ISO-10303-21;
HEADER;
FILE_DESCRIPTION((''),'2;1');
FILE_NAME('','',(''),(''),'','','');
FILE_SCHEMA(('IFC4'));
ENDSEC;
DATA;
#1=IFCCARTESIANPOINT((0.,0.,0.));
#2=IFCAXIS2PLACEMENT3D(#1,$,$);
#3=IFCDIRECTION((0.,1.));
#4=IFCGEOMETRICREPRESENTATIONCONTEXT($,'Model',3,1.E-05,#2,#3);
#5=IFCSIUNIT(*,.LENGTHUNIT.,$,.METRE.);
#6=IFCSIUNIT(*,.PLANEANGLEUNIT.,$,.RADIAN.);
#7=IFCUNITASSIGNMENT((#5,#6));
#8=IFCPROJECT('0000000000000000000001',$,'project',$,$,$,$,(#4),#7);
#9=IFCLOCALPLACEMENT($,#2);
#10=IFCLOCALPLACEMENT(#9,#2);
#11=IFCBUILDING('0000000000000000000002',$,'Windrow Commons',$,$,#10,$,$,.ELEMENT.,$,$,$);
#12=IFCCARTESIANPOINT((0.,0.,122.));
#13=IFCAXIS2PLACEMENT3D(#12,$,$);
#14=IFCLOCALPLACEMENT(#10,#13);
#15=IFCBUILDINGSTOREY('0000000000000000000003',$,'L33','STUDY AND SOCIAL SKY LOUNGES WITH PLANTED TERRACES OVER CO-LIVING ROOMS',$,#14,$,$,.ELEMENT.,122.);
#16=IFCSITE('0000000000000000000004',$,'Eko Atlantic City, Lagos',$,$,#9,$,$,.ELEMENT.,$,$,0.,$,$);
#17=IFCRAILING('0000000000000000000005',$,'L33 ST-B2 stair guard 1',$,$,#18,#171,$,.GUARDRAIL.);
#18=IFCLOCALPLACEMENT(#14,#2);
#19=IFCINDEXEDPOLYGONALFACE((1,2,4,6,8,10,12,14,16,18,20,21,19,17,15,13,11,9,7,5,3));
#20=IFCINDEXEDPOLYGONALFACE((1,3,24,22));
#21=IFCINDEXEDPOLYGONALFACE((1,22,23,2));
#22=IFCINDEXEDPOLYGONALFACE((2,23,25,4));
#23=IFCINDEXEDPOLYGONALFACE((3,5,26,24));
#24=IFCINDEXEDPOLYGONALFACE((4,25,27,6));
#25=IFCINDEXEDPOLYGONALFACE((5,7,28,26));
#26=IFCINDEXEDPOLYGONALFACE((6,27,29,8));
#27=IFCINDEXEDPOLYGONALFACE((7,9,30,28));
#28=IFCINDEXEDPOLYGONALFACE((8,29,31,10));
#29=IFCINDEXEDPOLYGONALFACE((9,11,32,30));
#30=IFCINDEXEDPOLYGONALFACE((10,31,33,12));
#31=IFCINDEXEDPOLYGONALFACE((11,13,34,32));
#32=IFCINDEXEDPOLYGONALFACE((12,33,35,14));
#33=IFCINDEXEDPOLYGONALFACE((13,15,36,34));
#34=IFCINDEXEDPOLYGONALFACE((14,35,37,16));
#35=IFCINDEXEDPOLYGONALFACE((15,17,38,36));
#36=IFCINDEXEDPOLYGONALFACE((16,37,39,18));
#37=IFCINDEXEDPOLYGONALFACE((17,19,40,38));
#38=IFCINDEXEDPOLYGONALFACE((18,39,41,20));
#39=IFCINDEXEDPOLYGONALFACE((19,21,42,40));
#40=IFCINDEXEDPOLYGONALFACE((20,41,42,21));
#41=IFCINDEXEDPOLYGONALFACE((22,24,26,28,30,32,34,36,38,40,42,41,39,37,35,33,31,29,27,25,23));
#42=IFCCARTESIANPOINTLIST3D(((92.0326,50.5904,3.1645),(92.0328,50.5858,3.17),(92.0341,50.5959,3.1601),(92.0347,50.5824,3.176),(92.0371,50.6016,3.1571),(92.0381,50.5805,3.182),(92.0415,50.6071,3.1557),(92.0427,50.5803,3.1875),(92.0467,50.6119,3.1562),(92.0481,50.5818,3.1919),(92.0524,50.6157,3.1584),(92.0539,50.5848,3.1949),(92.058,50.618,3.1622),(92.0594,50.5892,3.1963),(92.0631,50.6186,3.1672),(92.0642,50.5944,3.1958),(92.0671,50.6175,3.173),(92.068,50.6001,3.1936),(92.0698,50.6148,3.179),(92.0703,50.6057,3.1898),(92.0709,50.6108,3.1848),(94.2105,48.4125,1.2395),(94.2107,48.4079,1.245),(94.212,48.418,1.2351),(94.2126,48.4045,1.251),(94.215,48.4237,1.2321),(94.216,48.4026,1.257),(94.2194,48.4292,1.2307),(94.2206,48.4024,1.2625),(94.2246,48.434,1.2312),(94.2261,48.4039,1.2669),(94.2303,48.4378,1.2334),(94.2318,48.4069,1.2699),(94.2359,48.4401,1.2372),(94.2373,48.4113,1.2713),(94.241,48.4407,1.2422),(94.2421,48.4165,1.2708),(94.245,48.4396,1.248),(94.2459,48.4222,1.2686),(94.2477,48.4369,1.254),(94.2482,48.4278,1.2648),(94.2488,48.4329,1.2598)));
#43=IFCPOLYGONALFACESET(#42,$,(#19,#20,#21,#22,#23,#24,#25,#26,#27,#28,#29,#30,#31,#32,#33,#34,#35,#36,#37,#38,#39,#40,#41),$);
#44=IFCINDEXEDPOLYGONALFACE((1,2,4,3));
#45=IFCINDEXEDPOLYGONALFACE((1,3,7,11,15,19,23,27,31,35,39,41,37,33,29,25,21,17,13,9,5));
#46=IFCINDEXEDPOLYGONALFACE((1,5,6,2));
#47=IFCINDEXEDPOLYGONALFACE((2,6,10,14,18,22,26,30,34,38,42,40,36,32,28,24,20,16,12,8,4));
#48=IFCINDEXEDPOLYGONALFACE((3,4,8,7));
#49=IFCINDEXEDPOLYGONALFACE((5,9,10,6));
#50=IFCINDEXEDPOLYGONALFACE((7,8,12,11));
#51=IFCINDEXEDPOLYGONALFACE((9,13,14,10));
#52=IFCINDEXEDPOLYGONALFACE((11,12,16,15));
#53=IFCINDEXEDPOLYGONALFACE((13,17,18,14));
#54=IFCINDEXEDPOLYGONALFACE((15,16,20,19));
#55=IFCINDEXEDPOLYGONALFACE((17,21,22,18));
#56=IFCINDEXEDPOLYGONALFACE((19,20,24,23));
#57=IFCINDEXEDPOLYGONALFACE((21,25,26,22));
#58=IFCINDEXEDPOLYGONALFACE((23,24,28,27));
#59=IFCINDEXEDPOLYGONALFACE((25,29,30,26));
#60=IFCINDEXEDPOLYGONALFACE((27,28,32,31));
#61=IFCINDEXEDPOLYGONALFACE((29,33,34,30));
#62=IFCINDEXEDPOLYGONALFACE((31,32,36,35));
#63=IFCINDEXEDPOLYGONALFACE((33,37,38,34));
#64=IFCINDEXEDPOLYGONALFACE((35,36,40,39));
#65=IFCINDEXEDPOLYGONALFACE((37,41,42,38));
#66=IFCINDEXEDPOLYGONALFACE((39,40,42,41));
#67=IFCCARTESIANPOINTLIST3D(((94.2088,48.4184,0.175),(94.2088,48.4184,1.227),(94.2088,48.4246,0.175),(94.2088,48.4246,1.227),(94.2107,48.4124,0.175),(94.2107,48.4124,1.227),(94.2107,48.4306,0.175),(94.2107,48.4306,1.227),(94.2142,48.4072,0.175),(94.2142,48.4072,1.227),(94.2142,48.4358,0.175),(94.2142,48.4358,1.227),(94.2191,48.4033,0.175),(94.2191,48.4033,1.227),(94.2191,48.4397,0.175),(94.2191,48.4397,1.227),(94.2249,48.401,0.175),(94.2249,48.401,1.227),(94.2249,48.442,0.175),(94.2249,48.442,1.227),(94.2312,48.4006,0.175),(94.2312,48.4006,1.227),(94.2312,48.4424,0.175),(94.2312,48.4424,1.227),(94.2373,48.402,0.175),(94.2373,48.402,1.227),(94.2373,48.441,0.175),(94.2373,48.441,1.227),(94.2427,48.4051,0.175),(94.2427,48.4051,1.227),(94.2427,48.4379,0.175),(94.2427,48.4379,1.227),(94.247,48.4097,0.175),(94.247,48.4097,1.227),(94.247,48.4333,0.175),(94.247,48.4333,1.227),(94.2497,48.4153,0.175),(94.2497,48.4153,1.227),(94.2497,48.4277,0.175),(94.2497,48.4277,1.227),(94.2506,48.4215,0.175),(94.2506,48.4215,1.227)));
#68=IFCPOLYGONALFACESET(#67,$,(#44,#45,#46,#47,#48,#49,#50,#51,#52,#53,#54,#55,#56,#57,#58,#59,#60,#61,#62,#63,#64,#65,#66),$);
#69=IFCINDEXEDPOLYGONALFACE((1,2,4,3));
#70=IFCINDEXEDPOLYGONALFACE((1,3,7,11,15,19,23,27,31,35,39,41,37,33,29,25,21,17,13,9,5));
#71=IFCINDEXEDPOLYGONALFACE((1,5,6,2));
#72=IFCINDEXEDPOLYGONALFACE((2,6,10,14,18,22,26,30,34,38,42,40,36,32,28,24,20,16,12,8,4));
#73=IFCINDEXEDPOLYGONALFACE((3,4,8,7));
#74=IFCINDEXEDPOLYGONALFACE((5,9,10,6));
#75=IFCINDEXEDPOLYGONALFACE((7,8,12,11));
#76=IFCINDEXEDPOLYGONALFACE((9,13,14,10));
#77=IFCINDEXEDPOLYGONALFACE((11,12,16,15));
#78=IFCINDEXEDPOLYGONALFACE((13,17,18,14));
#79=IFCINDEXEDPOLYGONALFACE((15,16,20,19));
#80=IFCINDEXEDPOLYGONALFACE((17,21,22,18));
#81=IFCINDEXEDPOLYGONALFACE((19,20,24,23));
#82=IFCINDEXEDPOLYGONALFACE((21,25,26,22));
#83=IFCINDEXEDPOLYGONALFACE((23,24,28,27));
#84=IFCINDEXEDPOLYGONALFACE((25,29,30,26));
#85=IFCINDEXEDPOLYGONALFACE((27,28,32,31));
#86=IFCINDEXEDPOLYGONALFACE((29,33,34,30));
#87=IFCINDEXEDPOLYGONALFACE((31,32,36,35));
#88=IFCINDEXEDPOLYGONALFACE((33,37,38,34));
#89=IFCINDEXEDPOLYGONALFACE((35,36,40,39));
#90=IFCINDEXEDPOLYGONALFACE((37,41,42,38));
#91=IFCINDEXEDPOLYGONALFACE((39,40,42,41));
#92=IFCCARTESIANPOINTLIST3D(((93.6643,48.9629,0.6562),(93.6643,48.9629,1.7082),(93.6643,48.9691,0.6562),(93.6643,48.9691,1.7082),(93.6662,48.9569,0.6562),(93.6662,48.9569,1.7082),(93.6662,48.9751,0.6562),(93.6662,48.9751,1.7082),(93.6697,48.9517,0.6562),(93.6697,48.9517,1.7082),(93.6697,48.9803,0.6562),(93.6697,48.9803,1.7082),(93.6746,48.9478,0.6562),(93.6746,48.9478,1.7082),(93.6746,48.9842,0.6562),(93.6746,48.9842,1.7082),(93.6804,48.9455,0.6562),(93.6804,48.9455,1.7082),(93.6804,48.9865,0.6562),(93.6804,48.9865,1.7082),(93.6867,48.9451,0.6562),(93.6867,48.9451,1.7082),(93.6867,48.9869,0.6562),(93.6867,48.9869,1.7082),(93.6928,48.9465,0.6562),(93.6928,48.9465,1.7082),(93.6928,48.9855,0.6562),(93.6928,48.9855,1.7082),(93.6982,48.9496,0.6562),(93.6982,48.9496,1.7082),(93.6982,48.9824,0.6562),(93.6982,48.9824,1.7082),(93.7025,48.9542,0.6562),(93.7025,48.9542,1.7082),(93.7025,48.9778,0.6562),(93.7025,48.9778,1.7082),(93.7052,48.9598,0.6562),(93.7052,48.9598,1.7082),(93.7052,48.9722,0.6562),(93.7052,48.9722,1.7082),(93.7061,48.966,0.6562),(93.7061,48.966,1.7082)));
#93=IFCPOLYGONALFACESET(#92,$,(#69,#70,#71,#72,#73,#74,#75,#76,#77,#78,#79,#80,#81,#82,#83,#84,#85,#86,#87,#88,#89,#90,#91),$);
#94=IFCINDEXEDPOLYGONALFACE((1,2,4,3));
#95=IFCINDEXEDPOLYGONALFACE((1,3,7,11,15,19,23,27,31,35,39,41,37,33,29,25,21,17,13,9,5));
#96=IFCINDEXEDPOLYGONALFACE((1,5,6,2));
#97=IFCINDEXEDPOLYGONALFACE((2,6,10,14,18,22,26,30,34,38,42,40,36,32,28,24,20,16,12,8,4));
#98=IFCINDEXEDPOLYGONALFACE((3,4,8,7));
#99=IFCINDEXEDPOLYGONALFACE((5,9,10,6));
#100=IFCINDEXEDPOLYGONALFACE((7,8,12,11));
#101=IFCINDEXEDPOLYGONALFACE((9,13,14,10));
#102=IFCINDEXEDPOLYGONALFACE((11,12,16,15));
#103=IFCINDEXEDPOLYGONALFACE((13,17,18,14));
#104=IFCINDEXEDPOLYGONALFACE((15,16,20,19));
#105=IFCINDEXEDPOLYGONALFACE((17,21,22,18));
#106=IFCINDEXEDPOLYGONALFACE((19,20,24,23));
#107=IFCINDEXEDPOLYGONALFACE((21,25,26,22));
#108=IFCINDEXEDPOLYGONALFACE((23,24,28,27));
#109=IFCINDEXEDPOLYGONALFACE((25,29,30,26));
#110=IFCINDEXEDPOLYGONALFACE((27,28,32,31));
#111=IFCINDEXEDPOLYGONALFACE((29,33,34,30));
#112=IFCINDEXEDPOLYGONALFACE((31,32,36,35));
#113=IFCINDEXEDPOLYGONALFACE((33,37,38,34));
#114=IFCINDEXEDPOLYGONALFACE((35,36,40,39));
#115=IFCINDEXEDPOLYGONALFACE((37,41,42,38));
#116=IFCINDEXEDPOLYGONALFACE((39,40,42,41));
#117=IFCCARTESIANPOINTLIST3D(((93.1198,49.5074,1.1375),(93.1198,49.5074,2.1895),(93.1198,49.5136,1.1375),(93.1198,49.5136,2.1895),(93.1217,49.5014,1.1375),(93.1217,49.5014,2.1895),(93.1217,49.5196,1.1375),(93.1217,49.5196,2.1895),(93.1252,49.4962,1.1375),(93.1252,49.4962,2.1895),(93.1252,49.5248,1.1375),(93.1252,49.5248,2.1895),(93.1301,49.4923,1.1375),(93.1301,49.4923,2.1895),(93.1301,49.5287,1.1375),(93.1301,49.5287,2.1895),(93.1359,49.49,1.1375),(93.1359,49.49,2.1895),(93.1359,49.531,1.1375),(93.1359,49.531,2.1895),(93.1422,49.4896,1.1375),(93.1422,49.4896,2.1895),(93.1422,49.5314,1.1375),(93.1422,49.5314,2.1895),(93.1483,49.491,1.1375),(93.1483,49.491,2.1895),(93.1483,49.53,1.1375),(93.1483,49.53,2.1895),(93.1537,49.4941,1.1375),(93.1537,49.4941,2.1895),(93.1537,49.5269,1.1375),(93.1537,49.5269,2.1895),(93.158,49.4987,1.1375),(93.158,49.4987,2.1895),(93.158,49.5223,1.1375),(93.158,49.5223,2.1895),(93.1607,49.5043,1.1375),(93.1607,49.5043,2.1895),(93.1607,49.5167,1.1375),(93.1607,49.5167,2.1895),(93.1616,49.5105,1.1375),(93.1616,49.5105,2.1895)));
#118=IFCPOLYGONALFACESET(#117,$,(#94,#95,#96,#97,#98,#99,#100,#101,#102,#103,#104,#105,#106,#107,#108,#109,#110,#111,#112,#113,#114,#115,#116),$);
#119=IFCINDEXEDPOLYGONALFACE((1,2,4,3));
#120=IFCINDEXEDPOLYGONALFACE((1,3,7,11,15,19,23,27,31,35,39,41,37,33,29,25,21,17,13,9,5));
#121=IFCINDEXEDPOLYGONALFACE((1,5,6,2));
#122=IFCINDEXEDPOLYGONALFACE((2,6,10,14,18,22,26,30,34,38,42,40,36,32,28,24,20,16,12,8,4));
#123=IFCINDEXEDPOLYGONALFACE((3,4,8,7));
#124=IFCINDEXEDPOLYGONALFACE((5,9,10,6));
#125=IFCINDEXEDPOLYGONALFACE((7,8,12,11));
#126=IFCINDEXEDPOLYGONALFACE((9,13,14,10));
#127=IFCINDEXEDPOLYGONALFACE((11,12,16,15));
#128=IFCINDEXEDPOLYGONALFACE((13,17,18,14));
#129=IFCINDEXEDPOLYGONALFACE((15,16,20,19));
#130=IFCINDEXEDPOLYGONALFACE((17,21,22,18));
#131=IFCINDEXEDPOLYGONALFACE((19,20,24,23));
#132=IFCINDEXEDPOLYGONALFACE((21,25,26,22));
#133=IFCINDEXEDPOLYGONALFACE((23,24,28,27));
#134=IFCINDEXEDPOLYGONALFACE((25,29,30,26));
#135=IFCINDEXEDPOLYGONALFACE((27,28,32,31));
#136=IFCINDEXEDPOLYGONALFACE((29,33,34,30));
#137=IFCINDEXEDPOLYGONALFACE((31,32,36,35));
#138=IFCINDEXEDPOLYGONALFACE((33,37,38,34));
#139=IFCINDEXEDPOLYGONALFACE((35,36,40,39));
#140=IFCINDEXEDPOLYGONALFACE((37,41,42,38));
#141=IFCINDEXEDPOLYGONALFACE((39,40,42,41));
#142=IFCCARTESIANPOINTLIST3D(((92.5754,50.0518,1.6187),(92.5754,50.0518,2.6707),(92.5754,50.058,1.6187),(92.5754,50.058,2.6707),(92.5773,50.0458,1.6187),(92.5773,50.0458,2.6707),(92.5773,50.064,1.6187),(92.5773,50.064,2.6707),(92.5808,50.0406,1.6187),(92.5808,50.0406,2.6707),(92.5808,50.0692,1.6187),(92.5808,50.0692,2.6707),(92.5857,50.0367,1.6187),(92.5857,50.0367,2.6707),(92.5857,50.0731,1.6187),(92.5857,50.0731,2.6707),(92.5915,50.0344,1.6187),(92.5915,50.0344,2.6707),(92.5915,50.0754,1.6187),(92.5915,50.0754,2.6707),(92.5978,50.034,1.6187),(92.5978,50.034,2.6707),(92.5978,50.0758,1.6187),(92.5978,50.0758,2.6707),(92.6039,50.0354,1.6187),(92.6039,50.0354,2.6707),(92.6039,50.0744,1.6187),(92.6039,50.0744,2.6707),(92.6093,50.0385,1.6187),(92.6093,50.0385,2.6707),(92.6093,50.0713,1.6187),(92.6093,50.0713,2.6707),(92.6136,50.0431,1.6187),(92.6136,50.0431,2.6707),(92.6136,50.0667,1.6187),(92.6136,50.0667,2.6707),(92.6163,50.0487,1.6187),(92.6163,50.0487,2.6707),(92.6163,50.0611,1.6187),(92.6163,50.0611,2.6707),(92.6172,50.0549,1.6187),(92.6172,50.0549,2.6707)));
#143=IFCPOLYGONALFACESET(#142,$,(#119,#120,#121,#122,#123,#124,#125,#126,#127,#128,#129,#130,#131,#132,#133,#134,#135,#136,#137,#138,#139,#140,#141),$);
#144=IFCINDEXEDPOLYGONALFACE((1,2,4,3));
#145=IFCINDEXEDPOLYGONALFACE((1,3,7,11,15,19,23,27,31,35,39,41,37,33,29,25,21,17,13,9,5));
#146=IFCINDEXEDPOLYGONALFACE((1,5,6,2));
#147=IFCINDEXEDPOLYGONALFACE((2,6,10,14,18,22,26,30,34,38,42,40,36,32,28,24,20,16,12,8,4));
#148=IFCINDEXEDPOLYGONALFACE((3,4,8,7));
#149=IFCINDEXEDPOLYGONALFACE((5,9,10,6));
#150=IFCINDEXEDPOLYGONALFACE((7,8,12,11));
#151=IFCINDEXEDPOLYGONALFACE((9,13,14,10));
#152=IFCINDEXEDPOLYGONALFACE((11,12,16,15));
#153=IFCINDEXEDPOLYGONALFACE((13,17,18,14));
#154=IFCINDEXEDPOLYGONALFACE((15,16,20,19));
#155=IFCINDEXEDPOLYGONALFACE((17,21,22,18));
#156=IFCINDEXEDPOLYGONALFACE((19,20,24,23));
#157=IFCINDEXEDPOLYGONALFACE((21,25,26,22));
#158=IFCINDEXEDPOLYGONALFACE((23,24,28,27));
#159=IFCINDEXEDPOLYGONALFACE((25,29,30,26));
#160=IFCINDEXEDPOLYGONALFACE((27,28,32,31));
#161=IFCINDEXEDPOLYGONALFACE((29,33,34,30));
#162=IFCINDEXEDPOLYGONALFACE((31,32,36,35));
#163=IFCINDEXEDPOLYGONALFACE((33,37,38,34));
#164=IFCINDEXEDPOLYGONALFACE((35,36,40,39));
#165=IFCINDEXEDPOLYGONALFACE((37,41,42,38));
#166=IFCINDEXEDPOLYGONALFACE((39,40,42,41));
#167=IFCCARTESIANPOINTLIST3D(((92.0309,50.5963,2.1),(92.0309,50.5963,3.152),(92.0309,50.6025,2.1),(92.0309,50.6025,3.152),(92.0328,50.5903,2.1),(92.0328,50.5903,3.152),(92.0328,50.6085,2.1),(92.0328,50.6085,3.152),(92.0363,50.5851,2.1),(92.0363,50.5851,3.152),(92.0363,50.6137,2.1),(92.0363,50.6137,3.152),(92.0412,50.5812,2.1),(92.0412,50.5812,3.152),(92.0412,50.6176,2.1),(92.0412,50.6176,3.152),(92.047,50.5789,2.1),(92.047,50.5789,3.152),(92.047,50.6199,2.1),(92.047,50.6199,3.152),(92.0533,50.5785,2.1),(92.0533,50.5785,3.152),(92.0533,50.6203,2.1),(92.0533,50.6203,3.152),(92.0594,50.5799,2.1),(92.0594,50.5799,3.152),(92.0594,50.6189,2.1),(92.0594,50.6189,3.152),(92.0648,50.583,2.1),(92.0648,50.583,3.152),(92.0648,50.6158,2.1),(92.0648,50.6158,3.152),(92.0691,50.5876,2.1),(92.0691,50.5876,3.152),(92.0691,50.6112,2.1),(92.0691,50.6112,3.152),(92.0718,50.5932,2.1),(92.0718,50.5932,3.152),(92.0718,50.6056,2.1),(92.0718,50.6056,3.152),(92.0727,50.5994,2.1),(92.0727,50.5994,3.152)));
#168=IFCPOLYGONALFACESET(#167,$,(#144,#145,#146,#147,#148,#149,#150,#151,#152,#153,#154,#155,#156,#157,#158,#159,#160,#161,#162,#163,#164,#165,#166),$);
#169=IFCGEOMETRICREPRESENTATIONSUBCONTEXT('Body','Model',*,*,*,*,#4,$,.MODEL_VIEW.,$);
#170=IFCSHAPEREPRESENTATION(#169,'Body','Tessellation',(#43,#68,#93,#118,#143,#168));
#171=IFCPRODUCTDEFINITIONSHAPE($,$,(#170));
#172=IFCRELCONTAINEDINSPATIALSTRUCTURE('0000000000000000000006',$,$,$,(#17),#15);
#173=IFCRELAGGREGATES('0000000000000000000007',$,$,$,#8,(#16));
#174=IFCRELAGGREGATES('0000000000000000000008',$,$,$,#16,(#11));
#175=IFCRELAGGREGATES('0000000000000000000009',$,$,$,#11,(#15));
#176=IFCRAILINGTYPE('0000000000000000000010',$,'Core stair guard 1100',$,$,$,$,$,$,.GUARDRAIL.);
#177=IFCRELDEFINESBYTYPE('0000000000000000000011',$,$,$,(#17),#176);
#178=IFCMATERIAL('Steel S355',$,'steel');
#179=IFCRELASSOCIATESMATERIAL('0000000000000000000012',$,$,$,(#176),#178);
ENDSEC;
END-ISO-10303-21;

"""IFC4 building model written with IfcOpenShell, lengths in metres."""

from ifc_helpers import new_model, si_unit, direction, frame, origin, origin_2d, place, context, subcontext, project, spatial, circle, extrude, material, type_object, element, save


model = new_model("IFC4")

# Units and contexts
model_context = context("Model", 3, precision=1e-05, world=origin(), true_north=direction((0.0, 1.0)))
body_context = subcontext(model_context, "Body", "Model", "MODEL_VIEW")
ifc_project = project(units=[si_unit("LENGTHUNIT", "METRE"), si_unit("PLANEANGLEUNIT", "RADIAN")], contexts=[model_context])

# Site, building, storey
site_placement = place(None, origin())
site = spatial("IfcSite", under=ifc_project, at=site_placement, Name="Eko Atlantic City, Lagos", CompositionType="ELEMENT", RefElevation=0.0)
building_placement = place(site_placement, origin())
building = spatial("IfcBuilding", under=site, at=building_placement, Name="Windrow Commons", CompositionType="ELEMENT")
storey_placement = place(building_placement, frame((0.0, 0.0, 122.0)))
storey = spatial("IfcBuildingStorey", under=building, at=storey_placement, Name="L33", Description="STUDY AND SOCIAL SKY LOUNGES WITH PLANTED TERRACES OVER CO-LIVING ROOMS", CompositionType="ELEMENT", Elevation=122.0)

# Railing
ifc_material_1 = material(Name="Steel S355", Category="steel")
railing_type_1 = type_object("IfcRailingType", Name="Core stair guard 1100", PredefinedType="GUARDRAIL", material=ifc_material_1)
railing_1_placement = place(storey_placement, frame((94.2296, 48.4215, 0.175)))
element("IfcRailing", 1, at=railing_1_placement, inside=storey, type_object=railing_type_1, Name="L33 ST-B2 stair guard 1", PredefinedType="GUARDRAIL", context=body_context, shape_type="SweptSolid", body=[
    extrude(circle(Radius=0.024, at=origin_2d()), frame((0.0, 0.0, 1.076), z_axis=(-0.599626, 0.599626, 0.529997), x_axis=(-0.707107, -0.707107, 0.0)), (0.0, 0.0, 1.0), 3.6321),
    extrude(circle(Radius=0.021, at=origin_2d()), origin(), (0.0, 0.0, 1.0), 1.052),
    extrude(circle(Radius=0.021, at=origin_2d()), frame((-0.5445, 0.5445, 0.4812)), (0.0, 0.0, 1.0), 1.052),
    extrude(circle(Radius=0.021, at=origin_2d()), frame((-1.089, 1.089, 0.9625)), (0.0, 0.0, 1.0), 1.052),
    extrude(circle(Radius=0.021, at=origin_2d()), frame((-1.6334, 1.6334, 1.4437)), (0.0, 0.0, 1.0), 1.052),
    extrude(circle(Radius=0.021, at=origin_2d()), frame((-2.1779, 2.1779, 1.925)), (0.0, 0.0, 1.0), 1.052),
])

save(model, "model.ifc")
